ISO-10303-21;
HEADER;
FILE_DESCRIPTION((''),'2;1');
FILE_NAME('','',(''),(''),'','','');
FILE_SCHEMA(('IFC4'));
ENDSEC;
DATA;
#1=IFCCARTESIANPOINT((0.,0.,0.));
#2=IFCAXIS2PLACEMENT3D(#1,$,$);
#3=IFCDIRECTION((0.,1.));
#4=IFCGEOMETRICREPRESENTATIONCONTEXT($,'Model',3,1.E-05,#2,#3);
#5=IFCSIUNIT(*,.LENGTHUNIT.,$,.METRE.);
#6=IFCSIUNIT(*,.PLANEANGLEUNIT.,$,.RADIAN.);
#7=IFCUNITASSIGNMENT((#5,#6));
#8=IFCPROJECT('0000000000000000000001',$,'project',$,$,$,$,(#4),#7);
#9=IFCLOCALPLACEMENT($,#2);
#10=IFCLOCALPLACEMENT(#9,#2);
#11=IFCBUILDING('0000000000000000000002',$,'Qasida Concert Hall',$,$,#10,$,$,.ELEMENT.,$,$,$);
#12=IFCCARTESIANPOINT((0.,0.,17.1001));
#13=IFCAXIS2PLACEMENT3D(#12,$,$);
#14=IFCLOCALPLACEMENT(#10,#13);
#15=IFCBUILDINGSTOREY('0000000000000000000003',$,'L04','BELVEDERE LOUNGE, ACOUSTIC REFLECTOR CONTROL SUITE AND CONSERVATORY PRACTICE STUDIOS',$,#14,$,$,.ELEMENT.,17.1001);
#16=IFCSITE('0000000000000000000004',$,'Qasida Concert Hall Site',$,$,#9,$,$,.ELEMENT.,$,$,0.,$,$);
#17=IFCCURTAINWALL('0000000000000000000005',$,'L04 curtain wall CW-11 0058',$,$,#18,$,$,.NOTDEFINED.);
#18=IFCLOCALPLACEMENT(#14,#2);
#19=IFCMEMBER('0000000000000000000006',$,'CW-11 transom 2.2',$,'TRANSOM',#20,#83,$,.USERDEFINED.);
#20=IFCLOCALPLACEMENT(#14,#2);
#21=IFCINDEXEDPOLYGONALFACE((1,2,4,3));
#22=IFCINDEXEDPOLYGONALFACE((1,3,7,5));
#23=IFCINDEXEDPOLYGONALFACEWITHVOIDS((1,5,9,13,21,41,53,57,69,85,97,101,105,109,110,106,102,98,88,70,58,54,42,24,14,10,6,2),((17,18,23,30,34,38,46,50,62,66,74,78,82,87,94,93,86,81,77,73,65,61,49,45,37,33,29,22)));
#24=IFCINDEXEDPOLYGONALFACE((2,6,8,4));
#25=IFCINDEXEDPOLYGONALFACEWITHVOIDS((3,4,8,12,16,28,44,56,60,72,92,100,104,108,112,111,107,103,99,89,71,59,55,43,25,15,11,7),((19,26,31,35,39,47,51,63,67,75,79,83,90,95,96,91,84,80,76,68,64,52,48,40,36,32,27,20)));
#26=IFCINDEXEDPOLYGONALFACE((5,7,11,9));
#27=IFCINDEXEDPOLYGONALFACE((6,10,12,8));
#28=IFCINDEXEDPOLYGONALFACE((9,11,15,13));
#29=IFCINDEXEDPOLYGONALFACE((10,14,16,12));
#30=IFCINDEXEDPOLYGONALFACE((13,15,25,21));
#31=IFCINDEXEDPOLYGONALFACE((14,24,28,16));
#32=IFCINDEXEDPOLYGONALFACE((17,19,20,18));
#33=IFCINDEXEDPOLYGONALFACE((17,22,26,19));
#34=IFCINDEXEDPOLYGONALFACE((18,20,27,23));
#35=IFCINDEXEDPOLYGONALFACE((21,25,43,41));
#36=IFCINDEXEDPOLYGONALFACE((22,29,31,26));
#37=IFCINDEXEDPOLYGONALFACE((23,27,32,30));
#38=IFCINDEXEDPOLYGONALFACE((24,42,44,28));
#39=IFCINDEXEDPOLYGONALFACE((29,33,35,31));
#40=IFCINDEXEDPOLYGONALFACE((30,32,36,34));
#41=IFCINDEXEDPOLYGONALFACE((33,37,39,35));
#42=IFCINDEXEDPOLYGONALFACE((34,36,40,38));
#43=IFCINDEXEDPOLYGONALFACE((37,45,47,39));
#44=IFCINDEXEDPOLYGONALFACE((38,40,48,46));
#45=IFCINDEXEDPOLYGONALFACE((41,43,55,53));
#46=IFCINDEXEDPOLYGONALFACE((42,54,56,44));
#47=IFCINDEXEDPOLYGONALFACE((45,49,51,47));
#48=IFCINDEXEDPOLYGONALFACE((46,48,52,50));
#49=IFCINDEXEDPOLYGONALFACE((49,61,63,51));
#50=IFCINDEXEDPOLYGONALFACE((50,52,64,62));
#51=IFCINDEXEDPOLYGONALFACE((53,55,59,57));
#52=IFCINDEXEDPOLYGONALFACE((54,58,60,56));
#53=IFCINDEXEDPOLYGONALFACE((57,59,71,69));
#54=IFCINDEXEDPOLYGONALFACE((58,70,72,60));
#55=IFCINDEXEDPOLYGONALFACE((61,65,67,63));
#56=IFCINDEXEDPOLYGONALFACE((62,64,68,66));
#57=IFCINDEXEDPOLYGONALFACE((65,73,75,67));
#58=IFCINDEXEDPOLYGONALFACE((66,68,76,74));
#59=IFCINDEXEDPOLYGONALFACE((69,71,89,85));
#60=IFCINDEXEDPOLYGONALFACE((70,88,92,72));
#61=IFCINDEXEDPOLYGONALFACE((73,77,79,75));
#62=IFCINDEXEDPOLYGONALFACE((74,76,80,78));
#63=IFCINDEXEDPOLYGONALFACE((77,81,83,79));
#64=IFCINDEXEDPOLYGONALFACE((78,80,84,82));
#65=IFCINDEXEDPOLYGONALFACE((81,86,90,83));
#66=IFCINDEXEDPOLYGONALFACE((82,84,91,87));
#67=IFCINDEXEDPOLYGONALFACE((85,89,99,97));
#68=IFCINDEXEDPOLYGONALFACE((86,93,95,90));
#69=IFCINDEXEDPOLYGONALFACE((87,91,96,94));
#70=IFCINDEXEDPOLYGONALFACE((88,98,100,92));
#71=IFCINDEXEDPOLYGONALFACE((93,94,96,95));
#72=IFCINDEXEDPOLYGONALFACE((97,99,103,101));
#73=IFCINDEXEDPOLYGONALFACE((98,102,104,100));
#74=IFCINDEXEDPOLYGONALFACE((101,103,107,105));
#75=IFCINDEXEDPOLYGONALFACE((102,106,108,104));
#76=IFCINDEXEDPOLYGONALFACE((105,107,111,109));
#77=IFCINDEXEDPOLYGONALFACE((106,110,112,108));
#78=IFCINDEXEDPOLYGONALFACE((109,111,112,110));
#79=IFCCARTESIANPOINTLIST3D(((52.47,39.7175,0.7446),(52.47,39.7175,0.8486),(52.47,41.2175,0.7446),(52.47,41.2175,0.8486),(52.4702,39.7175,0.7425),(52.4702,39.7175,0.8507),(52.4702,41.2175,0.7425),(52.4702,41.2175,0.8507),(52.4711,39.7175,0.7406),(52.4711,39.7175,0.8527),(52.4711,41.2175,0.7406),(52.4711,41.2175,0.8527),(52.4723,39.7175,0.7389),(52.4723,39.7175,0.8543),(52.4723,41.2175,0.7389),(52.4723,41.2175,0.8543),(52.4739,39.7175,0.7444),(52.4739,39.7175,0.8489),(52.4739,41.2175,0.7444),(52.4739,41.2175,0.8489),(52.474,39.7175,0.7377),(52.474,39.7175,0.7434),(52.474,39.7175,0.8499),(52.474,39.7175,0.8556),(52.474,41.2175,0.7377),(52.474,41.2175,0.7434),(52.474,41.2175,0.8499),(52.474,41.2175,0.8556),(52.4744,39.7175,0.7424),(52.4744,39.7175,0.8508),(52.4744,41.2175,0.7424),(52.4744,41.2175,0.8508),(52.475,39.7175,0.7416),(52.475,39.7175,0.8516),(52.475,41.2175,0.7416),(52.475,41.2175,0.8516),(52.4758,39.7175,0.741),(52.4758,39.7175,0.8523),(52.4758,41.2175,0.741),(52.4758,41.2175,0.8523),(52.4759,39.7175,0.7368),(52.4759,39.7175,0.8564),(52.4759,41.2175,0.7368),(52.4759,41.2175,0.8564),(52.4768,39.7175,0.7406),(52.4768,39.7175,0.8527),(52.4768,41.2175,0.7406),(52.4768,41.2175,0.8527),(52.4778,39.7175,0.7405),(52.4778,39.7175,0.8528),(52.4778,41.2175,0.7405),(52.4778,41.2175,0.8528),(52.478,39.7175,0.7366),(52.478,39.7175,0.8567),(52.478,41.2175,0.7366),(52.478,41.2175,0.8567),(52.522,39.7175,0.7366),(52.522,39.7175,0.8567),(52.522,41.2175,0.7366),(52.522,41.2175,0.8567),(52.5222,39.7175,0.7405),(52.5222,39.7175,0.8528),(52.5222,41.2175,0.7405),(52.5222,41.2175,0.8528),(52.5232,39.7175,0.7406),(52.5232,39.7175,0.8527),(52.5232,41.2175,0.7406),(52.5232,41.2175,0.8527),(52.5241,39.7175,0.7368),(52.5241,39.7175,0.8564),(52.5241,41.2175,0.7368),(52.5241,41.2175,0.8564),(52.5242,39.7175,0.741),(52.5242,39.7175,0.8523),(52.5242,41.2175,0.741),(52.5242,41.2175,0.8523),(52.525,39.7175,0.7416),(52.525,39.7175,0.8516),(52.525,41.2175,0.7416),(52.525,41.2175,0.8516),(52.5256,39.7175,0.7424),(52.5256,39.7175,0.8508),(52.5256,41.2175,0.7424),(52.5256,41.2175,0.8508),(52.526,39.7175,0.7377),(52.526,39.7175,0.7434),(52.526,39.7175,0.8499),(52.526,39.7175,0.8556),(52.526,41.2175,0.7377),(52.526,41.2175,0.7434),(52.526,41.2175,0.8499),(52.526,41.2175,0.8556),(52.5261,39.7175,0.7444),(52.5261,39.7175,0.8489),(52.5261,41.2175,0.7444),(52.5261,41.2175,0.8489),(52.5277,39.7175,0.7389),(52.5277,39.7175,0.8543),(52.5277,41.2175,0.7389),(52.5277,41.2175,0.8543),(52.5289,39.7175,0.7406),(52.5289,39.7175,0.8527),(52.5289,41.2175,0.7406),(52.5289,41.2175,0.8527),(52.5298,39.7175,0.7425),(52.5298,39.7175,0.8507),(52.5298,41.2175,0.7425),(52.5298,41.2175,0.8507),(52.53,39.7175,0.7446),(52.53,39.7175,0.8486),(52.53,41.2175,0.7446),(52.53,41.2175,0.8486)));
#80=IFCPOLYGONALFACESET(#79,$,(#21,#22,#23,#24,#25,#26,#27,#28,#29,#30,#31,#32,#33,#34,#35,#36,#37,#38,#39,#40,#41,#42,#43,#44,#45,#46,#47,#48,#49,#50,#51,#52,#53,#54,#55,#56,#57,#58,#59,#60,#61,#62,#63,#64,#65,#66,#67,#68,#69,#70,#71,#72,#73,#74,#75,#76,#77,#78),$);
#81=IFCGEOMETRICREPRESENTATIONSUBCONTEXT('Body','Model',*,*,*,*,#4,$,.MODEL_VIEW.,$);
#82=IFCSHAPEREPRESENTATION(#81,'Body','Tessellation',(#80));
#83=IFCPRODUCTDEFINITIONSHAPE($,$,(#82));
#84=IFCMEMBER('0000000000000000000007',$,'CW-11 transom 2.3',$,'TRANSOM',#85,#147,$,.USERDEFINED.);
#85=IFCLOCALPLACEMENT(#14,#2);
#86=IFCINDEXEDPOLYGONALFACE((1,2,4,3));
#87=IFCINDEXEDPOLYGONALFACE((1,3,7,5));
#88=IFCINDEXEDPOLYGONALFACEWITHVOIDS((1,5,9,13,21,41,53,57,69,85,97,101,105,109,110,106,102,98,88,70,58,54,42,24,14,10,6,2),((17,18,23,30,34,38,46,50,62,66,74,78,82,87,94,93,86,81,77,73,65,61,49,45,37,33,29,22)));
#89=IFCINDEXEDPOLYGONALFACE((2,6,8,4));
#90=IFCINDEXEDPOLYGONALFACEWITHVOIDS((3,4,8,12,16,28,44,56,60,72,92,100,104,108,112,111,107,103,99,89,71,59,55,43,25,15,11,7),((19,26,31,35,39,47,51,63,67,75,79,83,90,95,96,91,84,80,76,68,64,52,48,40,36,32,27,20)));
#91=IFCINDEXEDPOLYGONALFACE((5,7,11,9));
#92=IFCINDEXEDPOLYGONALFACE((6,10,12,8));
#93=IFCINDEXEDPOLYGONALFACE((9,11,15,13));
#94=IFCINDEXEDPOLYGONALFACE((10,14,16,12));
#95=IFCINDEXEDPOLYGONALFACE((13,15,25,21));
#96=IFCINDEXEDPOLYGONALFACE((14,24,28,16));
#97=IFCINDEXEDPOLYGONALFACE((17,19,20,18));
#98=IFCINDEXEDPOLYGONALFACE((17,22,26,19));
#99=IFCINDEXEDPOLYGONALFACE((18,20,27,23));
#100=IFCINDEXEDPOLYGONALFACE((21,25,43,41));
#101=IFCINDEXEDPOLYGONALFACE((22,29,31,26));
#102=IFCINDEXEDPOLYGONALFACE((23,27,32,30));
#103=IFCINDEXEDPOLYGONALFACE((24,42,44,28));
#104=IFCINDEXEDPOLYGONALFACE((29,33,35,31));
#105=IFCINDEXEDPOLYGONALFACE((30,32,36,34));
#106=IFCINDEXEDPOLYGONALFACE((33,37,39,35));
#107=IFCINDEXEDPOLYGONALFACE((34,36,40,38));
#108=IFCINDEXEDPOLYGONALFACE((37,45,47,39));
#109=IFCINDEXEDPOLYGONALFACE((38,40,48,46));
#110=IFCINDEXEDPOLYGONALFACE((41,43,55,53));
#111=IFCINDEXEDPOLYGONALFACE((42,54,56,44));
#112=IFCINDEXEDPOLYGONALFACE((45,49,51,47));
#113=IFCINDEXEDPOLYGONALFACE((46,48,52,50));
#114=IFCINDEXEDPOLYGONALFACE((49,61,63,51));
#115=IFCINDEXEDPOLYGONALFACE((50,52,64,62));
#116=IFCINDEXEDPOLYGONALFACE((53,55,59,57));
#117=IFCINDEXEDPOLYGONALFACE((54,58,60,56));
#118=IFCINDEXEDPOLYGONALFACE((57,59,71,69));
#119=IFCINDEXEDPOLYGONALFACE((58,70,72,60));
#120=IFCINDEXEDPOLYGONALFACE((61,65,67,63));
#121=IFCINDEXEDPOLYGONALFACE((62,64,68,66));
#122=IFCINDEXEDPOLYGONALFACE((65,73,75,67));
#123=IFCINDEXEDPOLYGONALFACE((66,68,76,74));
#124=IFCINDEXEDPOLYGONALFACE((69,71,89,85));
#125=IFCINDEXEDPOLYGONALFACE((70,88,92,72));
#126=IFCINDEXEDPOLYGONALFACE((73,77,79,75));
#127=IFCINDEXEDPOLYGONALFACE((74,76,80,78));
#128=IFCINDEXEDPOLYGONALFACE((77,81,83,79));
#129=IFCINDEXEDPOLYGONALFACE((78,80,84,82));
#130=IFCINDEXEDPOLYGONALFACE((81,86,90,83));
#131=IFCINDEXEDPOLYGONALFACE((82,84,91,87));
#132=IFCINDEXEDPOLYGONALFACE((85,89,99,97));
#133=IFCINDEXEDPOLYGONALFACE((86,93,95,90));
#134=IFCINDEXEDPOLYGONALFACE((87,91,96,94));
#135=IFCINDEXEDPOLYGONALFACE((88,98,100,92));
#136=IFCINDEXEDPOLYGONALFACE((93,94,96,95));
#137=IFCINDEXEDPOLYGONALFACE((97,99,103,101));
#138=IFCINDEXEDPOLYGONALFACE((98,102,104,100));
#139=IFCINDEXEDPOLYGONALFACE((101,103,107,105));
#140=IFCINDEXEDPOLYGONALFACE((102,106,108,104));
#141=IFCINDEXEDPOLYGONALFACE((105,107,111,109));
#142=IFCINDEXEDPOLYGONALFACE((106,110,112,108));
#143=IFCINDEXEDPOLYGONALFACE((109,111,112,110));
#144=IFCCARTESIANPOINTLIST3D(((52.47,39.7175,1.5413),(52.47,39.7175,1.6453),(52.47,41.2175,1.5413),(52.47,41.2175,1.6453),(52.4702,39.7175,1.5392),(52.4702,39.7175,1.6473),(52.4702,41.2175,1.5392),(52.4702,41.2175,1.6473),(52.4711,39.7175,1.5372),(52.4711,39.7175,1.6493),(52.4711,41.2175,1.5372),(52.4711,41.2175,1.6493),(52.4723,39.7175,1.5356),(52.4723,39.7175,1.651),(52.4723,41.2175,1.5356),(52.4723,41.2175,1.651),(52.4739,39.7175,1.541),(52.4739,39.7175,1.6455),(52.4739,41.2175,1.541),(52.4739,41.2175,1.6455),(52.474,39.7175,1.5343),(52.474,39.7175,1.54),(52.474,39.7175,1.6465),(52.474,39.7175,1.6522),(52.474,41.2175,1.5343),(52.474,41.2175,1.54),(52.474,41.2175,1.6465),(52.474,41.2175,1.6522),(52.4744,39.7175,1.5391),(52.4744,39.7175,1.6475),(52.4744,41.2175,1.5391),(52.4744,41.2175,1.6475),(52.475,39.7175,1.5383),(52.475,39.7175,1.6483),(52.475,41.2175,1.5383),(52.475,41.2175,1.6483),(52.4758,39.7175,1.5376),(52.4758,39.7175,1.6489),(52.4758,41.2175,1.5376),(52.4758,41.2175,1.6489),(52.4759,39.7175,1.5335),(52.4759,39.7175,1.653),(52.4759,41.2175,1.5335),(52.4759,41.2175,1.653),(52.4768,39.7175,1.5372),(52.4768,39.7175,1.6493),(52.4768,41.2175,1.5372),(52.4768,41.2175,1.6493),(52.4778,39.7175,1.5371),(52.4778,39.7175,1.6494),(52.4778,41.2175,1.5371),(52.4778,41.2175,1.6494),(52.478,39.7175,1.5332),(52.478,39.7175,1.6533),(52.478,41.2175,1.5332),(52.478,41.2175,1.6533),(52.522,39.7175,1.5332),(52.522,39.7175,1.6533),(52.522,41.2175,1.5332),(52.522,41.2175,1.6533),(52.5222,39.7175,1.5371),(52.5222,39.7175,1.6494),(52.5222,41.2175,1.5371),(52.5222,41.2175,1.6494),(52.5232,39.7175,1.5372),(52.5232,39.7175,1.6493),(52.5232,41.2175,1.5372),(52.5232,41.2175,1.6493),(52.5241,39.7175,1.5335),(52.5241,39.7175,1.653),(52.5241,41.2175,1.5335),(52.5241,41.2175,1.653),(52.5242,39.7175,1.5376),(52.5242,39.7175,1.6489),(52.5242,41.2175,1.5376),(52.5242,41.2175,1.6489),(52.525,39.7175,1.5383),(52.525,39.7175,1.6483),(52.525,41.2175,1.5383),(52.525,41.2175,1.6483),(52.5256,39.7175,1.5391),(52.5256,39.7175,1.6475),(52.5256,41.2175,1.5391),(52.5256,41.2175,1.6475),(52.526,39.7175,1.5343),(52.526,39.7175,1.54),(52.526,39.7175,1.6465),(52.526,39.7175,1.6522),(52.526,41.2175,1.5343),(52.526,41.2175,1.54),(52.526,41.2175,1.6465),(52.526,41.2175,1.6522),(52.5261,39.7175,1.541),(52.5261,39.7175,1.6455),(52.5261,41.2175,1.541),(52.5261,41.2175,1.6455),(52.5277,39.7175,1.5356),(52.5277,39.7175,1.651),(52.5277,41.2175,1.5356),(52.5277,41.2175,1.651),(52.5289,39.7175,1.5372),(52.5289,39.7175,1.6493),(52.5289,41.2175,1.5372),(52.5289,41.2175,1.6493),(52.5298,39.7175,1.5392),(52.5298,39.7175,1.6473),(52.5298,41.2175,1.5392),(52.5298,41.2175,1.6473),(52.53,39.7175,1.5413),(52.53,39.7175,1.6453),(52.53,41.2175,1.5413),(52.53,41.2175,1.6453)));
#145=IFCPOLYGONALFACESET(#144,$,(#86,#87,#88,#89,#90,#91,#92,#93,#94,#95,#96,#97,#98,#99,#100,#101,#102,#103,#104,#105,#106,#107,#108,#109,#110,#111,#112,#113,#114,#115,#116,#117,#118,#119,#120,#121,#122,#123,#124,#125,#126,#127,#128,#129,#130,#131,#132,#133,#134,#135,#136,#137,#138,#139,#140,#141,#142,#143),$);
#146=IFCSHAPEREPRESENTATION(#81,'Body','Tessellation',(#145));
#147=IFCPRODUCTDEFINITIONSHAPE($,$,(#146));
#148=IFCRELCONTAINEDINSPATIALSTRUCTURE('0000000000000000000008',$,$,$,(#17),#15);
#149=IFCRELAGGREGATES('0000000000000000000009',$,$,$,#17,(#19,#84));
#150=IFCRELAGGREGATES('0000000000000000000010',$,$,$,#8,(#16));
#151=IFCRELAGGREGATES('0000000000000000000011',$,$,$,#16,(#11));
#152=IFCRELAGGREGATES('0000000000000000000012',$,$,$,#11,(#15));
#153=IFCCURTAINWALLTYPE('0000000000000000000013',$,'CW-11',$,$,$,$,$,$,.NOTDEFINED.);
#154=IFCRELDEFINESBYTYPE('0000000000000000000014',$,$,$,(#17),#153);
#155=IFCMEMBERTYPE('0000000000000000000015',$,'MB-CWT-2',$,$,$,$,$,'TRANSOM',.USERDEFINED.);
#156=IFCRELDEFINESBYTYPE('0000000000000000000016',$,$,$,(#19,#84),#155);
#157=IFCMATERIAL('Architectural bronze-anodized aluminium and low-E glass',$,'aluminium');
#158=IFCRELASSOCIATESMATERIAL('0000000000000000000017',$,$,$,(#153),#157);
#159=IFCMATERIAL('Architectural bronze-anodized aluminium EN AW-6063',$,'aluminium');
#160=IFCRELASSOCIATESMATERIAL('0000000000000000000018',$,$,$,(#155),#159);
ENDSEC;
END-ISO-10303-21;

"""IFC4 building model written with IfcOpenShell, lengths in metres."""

from ifc_helpers import new_model, si_unit, direction, frame, origin, origin_2d, place, context, subcontext, project, spatial, hollow_rectangle, extrude, material, material_profile, profile_set, type_object, element, aggregate, save


model = new_model("IFC4")

# Units and contexts
model_context = context("Model", 3, precision=1e-05, world=origin(), true_north=direction((0.0, 1.0)))
body_context = subcontext(model_context, "Body", "Model", "MODEL_VIEW")
ifc_project = project(units=[si_unit("LENGTHUNIT", "METRE"), si_unit("PLANEANGLEUNIT", "RADIAN")], contexts=[model_context])

# Site, building, storey
site_placement = place(None, origin())
site = spatial("IfcSite", under=ifc_project, at=site_placement, Name="Qasida Concert Hall Site", CompositionType="ELEMENT", RefElevation=0.0)
building_placement = place(site_placement, origin())
building = spatial("IfcBuilding", under=site, at=building_placement, Name="Qasida Concert Hall", CompositionType="ELEMENT")
storey_placement = place(building_placement, frame((0.0, 0.0, 17.1001)))
storey = spatial("IfcBuildingStorey", under=building, at=storey_placement, Name="L04", Description="BELVEDERE LOUNGE, ACOUSTIC REFLECTOR CONTROL SUITE AND CONSERVATORY PRACTICE STUDIOS", CompositionType="ELEMENT", Elevation=17.1001)

# Curtain wall, members
ifc_material_1 = material(Name="Architectural bronze-anodized aluminium and low-E glass", Category="aluminium")
curtain_wall_type = type_object("IfcCurtainWallType", Name="CW-11", PredefinedType="NOTDEFINED", material=ifc_material_1)
curtain_wall_placement = place(storey_placement, origin())
curtain_wall = element("IfcCurtainWall", 1, at=curtain_wall_placement, inside=storey, type_object=curtain_wall_type, Name="L04 curtain wall CW-11 0058", PredefinedType="NOTDEFINED")
ifc_material_2 = material(Name="Architectural bronze-anodized aluminium EN AW-6063", Category="aluminium")
ifc_material_profile_1 = material_profile(ifc_material_2, hollow_rectangle(XDim=0.0601, YDim=0.1201, WallThickness=0.0039, InnerFilletRadius=0.0039, OuterFilletRadius=0.0081, at=origin_2d()), Name="CWT 120x60x4")
ifc_profile_set_1 = profile_set([ifc_material_profile_1], Name="Architectural bronze-anodized aluminium EN AW-6063")
member_type_1 = type_object("IfcMemberType", Name="MB-CWT-2", ElementType="TRANSOM", PredefinedType="USERDEFINED", material=ifc_profile_set_1)
member_1_placement = place(storey_placement, frame((52.5, 39.7175, 0.7966), z_axis=(0.0, 1.0, 0.0), x_axis=(-1.0, 0.0, 0.0)))
member_1 = element("IfcMember", 2, at=member_1_placement, type_object=member_type_1, Name="CW-11 transom 2.2", ObjectType="TRANSOM", PredefinedType="USERDEFINED", context=body_context, shape_type="SweptSolid", body=[
    extrude(hollow_rectangle(XDim=0.0601, YDim=0.1201, WallThickness=0.0039, InnerFilletRadius=0.0039, OuterFilletRadius=0.0081, at=origin_2d()), origin(), (0.0, 0.0, 1.0), 1.5),
])
member_2_placement = place(storey_placement, frame((52.5, 39.7175, 1.5933), z_axis=(0.0, 1.0, 0.0), x_axis=(-1.0, 0.0, 0.0)))
member_2 = element("IfcMember", 3, at=member_2_placement, type_object=member_type_1, Name="CW-11 transom 2.3", ObjectType="TRANSOM", PredefinedType="USERDEFINED", context=body_context, shape_type="SweptSolid", body=[
    extrude(hollow_rectangle(XDim=0.0601, YDim=0.1201, WallThickness=0.0039, InnerFilletRadius=0.0039, OuterFilletRadius=0.0081, at=origin_2d()), origin(), (0.0, 0.0, 1.0), 1.5),
])
aggregate(curtain_wall, [member_1, member_2])

save(model, "model.ifc")
